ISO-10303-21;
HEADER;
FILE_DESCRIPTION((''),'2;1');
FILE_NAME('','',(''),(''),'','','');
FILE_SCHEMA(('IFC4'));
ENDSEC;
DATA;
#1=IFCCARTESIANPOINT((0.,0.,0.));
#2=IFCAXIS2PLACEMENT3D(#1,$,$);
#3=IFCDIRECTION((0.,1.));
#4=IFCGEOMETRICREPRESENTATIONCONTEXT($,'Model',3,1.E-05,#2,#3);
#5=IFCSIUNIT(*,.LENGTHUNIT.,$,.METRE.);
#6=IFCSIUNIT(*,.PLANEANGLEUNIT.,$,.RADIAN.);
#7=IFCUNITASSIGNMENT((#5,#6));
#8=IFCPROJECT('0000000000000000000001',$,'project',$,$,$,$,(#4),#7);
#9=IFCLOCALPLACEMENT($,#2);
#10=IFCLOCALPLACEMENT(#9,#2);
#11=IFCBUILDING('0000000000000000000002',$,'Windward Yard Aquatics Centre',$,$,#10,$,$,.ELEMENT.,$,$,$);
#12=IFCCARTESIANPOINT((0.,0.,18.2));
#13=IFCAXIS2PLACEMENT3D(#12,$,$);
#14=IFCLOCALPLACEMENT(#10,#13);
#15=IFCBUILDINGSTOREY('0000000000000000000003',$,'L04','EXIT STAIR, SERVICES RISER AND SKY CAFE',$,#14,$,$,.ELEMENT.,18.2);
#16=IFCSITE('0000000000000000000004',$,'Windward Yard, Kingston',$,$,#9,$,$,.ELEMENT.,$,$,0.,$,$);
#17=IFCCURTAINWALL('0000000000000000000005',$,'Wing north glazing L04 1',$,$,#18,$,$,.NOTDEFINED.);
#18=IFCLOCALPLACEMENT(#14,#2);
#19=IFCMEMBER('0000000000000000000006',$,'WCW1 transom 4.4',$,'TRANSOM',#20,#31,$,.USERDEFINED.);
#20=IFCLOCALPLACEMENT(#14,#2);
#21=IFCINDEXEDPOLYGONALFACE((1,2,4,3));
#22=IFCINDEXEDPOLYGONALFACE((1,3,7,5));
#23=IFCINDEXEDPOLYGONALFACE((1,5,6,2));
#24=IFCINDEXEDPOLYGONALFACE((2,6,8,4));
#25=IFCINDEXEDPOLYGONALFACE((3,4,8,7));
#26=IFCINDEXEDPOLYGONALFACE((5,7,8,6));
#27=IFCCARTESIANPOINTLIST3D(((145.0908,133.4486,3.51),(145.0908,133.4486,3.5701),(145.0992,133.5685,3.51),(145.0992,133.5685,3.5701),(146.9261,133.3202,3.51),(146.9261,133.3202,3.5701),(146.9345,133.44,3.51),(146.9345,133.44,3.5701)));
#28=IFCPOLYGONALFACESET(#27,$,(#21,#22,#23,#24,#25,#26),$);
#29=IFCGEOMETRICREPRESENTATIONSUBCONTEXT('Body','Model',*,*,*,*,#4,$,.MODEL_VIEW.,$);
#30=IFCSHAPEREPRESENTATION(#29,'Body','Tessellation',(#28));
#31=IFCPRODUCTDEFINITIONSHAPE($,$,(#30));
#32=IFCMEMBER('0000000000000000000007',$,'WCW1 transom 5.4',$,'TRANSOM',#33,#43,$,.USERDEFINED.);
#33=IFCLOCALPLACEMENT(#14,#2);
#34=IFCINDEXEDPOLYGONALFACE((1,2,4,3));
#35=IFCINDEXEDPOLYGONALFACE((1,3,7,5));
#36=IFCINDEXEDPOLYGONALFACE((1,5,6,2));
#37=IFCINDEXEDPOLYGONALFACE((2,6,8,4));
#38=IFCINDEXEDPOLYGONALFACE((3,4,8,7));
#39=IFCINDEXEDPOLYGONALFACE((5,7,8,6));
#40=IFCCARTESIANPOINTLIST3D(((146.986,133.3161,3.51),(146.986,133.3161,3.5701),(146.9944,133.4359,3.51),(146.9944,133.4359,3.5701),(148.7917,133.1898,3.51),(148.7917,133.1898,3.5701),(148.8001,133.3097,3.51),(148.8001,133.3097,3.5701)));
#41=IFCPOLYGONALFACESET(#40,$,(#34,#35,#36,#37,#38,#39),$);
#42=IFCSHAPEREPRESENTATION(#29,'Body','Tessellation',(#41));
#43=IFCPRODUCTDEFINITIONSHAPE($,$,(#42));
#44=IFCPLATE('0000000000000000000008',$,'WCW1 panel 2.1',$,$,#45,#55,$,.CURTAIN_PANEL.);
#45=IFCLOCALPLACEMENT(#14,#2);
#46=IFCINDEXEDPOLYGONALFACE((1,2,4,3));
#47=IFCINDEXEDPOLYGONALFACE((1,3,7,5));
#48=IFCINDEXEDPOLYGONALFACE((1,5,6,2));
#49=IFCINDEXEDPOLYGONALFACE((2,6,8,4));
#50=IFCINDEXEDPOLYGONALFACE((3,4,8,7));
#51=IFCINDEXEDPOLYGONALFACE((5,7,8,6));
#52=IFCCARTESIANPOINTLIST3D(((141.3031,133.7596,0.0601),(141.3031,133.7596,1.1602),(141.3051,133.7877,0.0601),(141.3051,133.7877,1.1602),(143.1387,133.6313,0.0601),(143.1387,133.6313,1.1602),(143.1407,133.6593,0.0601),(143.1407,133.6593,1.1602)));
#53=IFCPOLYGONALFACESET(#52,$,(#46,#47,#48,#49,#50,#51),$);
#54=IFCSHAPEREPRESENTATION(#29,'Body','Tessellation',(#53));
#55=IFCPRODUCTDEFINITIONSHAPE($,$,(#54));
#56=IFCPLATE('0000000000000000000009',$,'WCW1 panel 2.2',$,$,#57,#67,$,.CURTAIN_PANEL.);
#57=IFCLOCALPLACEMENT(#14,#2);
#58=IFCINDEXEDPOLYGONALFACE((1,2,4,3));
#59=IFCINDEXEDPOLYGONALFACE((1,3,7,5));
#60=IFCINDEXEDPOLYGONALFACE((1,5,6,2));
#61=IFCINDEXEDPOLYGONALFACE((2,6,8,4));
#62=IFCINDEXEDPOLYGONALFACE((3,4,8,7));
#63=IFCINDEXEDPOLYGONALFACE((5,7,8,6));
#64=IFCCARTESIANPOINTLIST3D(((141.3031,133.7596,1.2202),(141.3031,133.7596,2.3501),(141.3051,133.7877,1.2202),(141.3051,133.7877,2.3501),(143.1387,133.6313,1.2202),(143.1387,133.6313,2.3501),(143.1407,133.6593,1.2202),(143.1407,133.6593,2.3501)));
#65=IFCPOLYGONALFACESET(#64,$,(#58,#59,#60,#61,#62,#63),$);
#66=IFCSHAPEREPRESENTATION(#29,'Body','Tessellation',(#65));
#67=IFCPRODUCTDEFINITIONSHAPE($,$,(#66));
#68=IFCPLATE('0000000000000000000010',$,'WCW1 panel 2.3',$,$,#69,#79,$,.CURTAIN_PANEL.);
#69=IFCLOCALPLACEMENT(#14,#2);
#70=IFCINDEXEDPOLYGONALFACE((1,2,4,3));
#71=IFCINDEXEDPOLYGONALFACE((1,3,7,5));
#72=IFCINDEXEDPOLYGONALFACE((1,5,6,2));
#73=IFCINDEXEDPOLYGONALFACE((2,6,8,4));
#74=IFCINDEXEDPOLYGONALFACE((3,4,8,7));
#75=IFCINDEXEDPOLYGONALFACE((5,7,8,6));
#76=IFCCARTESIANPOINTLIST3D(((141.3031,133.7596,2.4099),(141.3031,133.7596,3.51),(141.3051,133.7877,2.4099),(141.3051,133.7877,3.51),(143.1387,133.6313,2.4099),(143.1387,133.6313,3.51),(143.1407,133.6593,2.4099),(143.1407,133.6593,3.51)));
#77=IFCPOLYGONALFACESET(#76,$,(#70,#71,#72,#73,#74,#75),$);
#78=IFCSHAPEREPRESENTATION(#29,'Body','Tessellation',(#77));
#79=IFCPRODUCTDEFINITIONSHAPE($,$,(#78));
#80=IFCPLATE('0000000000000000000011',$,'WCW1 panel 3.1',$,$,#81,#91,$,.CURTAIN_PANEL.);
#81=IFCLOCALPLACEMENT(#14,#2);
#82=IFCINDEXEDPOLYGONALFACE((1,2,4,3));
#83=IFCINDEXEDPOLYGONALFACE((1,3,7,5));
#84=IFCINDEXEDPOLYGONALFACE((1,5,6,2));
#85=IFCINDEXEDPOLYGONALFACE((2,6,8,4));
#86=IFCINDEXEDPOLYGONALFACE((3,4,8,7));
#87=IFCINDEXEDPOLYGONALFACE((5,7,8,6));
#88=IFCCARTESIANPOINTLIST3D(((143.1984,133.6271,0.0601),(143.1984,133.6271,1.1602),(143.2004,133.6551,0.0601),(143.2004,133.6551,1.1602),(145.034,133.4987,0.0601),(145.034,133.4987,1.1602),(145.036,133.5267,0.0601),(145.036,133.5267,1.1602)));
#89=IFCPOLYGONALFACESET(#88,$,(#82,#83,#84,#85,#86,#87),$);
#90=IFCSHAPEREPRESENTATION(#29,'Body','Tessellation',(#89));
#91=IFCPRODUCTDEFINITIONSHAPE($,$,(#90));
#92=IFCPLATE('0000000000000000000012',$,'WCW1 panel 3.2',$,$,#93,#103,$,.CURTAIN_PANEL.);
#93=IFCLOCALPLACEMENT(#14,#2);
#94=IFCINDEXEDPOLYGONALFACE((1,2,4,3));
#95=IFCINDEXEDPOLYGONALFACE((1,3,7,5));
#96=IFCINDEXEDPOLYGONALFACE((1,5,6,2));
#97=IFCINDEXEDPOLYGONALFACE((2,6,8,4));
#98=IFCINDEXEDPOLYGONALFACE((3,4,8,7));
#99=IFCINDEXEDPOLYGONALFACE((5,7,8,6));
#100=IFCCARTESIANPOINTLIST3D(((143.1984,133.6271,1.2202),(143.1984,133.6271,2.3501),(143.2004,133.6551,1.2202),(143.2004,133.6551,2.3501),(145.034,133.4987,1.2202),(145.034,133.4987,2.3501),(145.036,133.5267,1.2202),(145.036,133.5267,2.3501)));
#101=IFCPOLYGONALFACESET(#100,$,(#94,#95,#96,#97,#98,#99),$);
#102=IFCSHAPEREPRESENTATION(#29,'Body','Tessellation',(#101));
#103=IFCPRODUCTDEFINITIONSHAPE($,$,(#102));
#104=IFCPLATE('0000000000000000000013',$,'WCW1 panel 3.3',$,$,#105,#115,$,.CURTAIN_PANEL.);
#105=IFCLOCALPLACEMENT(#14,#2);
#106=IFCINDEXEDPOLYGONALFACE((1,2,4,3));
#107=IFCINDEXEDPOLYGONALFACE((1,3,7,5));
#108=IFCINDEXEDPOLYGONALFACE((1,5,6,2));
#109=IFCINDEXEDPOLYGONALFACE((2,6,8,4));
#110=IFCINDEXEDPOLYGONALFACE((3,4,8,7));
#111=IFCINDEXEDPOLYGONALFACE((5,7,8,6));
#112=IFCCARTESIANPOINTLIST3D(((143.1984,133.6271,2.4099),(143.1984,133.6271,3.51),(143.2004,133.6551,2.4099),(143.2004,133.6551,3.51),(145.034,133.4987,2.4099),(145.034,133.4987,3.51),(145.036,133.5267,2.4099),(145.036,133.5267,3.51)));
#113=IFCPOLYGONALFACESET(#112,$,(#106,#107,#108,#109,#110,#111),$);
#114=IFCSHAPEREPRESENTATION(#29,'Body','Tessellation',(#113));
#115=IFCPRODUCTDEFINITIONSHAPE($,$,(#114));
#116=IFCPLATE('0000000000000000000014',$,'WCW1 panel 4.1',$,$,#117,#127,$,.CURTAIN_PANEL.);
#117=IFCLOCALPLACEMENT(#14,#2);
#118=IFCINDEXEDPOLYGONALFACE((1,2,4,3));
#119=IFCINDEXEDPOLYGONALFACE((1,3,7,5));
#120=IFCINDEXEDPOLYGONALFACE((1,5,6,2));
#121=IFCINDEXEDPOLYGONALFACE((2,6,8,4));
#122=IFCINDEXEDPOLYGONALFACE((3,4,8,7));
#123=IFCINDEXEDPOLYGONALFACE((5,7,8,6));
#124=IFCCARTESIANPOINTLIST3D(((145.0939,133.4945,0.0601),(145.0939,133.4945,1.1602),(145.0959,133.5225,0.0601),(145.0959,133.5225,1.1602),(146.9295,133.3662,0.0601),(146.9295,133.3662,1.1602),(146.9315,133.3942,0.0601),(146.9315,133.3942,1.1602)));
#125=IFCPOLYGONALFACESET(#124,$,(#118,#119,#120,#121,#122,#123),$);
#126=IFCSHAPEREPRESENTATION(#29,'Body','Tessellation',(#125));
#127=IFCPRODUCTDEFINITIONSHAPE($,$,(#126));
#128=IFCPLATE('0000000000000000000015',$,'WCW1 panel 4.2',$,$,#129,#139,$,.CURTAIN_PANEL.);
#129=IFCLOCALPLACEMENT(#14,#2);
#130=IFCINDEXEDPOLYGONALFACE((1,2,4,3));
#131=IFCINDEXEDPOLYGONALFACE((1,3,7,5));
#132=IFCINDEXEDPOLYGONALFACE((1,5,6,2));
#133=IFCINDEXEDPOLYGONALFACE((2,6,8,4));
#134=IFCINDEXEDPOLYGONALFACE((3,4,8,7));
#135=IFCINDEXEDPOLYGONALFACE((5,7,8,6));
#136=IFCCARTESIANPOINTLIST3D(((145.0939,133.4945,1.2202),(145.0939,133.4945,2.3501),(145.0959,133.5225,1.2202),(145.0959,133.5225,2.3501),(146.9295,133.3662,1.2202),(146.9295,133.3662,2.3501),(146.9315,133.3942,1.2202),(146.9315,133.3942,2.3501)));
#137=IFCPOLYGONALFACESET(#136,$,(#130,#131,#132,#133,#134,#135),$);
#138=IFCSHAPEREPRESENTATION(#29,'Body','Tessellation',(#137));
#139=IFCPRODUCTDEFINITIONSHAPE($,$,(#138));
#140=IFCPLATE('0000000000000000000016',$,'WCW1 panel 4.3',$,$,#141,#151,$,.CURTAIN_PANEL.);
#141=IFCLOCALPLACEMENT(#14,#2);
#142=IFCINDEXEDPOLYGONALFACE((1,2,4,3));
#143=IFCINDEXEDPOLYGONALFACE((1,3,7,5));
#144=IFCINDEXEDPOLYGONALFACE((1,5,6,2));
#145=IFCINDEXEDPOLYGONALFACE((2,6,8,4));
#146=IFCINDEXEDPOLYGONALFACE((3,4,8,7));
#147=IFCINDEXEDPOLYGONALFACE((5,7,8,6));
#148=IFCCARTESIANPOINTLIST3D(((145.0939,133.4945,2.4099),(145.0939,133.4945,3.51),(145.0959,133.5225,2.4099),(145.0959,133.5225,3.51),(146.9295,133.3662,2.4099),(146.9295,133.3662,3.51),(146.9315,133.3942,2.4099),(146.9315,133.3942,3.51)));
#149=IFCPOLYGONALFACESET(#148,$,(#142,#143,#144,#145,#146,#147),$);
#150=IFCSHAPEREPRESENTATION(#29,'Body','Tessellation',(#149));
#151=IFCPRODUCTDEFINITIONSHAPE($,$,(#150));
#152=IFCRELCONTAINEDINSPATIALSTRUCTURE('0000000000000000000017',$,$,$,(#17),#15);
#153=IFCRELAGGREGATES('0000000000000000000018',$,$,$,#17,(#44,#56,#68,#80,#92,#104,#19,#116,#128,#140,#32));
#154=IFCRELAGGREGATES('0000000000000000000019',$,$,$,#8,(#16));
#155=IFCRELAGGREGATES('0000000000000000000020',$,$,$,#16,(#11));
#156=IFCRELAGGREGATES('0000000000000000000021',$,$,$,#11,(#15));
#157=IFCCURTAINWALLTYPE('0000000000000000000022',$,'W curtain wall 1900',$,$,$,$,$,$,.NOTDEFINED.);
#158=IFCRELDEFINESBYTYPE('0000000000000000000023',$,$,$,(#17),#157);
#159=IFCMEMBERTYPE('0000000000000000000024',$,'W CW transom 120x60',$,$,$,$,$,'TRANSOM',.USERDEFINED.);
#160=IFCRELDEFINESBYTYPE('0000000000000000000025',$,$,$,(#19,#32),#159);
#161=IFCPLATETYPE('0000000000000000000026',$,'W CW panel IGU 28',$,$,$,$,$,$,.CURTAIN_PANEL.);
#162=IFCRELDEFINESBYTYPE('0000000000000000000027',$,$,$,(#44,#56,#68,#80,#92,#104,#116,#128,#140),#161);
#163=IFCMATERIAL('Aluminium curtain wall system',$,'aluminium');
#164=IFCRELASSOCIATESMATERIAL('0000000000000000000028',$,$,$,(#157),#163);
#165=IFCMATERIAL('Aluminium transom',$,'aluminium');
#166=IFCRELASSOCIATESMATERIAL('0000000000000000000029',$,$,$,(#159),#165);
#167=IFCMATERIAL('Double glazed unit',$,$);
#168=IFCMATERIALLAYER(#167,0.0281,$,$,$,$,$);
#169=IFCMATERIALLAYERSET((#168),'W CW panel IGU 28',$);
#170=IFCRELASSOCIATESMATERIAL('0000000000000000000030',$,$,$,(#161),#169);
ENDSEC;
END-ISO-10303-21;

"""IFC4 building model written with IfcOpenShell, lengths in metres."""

from ifc_helpers import new_model, si_unit, direction, frame, origin, origin_2d, place, context, subcontext, project, spatial, rectangle, extrude, material, layer, layer_set, material_profile, profile_set, type_object, element, aggregate, save


model = new_model("IFC4")

# Units and contexts
model_context = context("Model", 3, precision=1e-05, world=origin(), true_north=direction((0.0, 1.0)))
body_context = subcontext(model_context, "Body", "Model", "MODEL_VIEW")
ifc_project = project(units=[si_unit("LENGTHUNIT", "METRE"), si_unit("PLANEANGLEUNIT", "RADIAN")], contexts=[model_context])

# Site, building, storey
site_placement = place(None, origin())
site = spatial("IfcSite", under=ifc_project, at=site_placement, Name="Windward Yard, Kingston", CompositionType="ELEMENT", RefElevation=0.0)
building_placement = place(site_placement, origin())
building = spatial("IfcBuilding", under=site, at=building_placement, Name="Windward Yard Aquatics Centre", CompositionType="ELEMENT")
storey_placement = place(building_placement, frame((0.0, 0.0, 18.2)))
storey = spatial("IfcBuildingStorey", under=building, at=storey_placement, Name="L04", Description="EXIT STAIR, SERVICES RISER AND SKY CAFE", CompositionType="ELEMENT", Elevation=18.2)

# Curtain wall, members, plates
ifc_material_1 = material(Name="Aluminium curtain wall system", Category="aluminium")
curtain_wall_type = type_object("IfcCurtainWallType", Name="W curtain wall 1900", PredefinedType="NOTDEFINED", material=ifc_material_1)
curtain_wall_placement = place(storey_placement, origin())
curtain_wall = element("IfcCurtainWall", 1, at=curtain_wall_placement, inside=storey, type_object=curtain_wall_type, Name="Wing north glazing L04 1", PredefinedType="NOTDEFINED")
ifc_material_2 = material(Name="Aluminium transom", Category="aluminium")
ifc_material_profile_1 = material_profile(ifc_material_2, rectangle(XDim=0.1201, YDim=0.0601, at=origin_2d()), Name="AL 120x60")
ifc_profile_set_1 = profile_set([ifc_material_profile_1], Name="Aluminium transom")
member_type_1 = type_object("IfcMemberType", Name="W CW transom 120x60", ElementType="TRANSOM", PredefinedType="USERDEFINED", material=ifc_profile_set_1)
member_1_placement = place(storey_placement, frame((145.095, 133.5085, 3.54), z_axis=(0.997561, -0.069795, 0.0), x_axis=(0.069795, 0.997561, 0.0)))
member_1 = element("IfcMember", 2, at=member_1_placement, type_object=member_type_1, Name="WCW1 transom 4.4", ObjectType="TRANSOM", PredefinedType="USERDEFINED", context=body_context, shape_type="SweptSolid", body=[
    extrude(rectangle(XDim=0.1201, YDim=0.0601, at=origin_2d()), origin(), (0.0, 0.0, 1.0), 1.8398),
])
member_2_placement = place(storey_placement, frame((146.9902, 133.376, 3.54), z_axis=(0.997566, -0.069732, 0.0), x_axis=(0.069732, 0.997566, 0.0)))
member_2 = element("IfcMember", 3, at=member_2_placement, type_object=member_type_1, Name="WCW1 transom 5.4", ObjectType="TRANSOM", PredefinedType="USERDEFINED", context=body_context, shape_type="SweptSolid", body=[
    extrude(rectangle(XDim=0.1201, YDim=0.0601, at=origin_2d()), origin(), (0.0, 0.0, 1.0), 1.8101),
])
ifc_material_3 = material(Name="Double glazed unit")
ifc_layer = layer(ifc_material_3, 0.0281)
ifc_layer_set = layer_set([ifc_layer], Name="W CW panel IGU 28")
plate_type = type_object("IfcPlateType", Name="W CW panel IGU 28", PredefinedType="CURTAIN_PANEL", material=ifc_layer_set)
plate_1_placement = place(storey_placement, frame((142.2219, 133.7095, 0.0601), z_axis=(0.0, 0.0, 1.0), x_axis=(0.997564, -0.069758, 0.0)))
plate_1 = element("IfcPlate", 4, at=plate_1_placement, type_object=plate_type, Name="WCW1 panel 2.1", PredefinedType="CURTAIN_PANEL", context=body_context, shape_type="SweptSolid", body=[
    extrude(rectangle(XDim=1.8401, YDim=0.0281, at=origin_2d()), origin(), (0.0, 0.0, 1.0), 1.1001),
])
plate_2_placement = place(storey_placement, frame((142.2219, 133.7095, 1.2202), z_axis=(0.0, 0.0, 1.0), x_axis=(0.997564, -0.069758, 0.0)))
plate_2 = element("IfcPlate", 5, at=plate_2_placement, type_object=plate_type, Name="WCW1 panel 2.2", PredefinedType="CURTAIN_PANEL", context=body_context, shape_type="SweptSolid", body=[
    extrude(rectangle(XDim=1.8401, YDim=0.0281, at=origin_2d()), origin(), (0.0, 0.0, 1.0), 1.1299),
])
plate_3_placement = place(storey_placement, frame((142.2219, 133.7095, 2.4099), z_axis=(0.0, 0.0, 1.0), x_axis=(0.997564, -0.069758, 0.0)))
plate_3 = element("IfcPlate", 6, at=plate_3_placement, type_object=plate_type, Name="WCW1 panel 2.3", PredefinedType="CURTAIN_PANEL", context=body_context, shape_type="SweptSolid", body=[
    extrude(rectangle(XDim=1.8401, YDim=0.0281, at=origin_2d()), origin(), (0.0, 0.0, 1.0), 1.1001),
])
plate_4_placement = place(storey_placement, frame((144.1172, 133.5769, 0.0601), z_axis=(0.0, 0.0, 1.0), x_axis=(0.997564, -0.069758, 0.0)))
plate_4 = element("IfcPlate", 7, at=plate_4_placement, type_object=plate_type, Name="WCW1 panel 3.1", PredefinedType="CURTAIN_PANEL", context=body_context, shape_type="SweptSolid", body=[
    extrude(rectangle(XDim=1.8401, YDim=0.0281, at=origin_2d()), origin(), (0.0, 0.0, 1.0), 1.1001),
])
plate_5_placement = place(storey_placement, frame((144.1172, 133.5769, 1.2202), z_axis=(0.0, 0.0, 1.0), x_axis=(0.997564, -0.069758, 0.0)))
plate_5 = element("IfcPlate", 8, at=plate_5_placement, type_object=plate_type, Name="WCW1 panel 3.2", PredefinedType="CURTAIN_PANEL", context=body_context, shape_type="SweptSolid", body=[
    extrude(rectangle(XDim=1.8401, YDim=0.0281, at=origin_2d()), origin(), (0.0, 0.0, 1.0), 1.1299),
])
plate_6_placement = place(storey_placement, frame((144.1172, 133.5769, 2.4099), z_axis=(0.0, 0.0, 1.0), x_axis=(0.997564, -0.069758, 0.0)))
plate_6 = element("IfcPlate", 9, at=plate_6_placement, type_object=plate_type, Name="WCW1 panel 3.3", PredefinedType="CURTAIN_PANEL", context=body_context, shape_type="SweptSolid", body=[
    extrude(rectangle(XDim=1.8401, YDim=0.0281, at=origin_2d()), origin(), (0.0, 0.0, 1.0), 1.1001),
])
plate_7_placement = place(storey_placement, frame((146.0127, 133.4443, 0.0601), z_axis=(0.0, 0.0, 1.0), x_axis=(0.997564, -0.069758, 0.0)))
plate_7 = element("IfcPlate", 10, at=plate_7_placement, type_object=plate_type, Name="WCW1 panel 4.1", PredefinedType="CURTAIN_PANEL", context=body_context, shape_type="SweptSolid", body=[
    extrude(rectangle(XDim=1.8401, YDim=0.0281, at=origin_2d()), origin(), (0.0, 0.0, 1.0), 1.1001),
])
plate_8_placement = place(storey_placement, frame((146.0127, 133.4443, 1.2202), z_axis=(0.0, 0.0, 1.0), x_axis=(0.997564, -0.069758, 0.0)))
plate_8 = element("IfcPlate", 11, at=plate_8_placement, type_object=plate_type, Name="WCW1 panel 4.2", PredefinedType="CURTAIN_PANEL", context=body_context, shape_type="SweptSolid", body=[
    extrude(rectangle(XDim=1.8401, YDim=0.0281, at=origin_2d()), origin(), (0.0, 0.0, 1.0), 1.1299),
])
plate_9_placement = place(storey_placement, frame((146.0127, 133.4443, 2.4099), z_axis=(0.0, 0.0, 1.0), x_axis=(0.997564, -0.069758, 0.0)))
plate_9 = element("IfcPlate", 12, at=plate_9_placement, type_object=plate_type, Name="WCW1 panel 4.3", PredefinedType="CURTAIN_PANEL", context=body_context, shape_type="SweptSolid", body=[
    extrude(rectangle(XDim=1.8401, YDim=0.0281, at=origin_2d()), origin(), (0.0, 0.0, 1.0), 1.1001),
])
aggregate(curtain_wall, [plate_1, plate_2, plate_3, plate_4, plate_5, plate_6, member_1, plate_7, plate_8, plate_9, member_2])

save(model, "model.ifc")
